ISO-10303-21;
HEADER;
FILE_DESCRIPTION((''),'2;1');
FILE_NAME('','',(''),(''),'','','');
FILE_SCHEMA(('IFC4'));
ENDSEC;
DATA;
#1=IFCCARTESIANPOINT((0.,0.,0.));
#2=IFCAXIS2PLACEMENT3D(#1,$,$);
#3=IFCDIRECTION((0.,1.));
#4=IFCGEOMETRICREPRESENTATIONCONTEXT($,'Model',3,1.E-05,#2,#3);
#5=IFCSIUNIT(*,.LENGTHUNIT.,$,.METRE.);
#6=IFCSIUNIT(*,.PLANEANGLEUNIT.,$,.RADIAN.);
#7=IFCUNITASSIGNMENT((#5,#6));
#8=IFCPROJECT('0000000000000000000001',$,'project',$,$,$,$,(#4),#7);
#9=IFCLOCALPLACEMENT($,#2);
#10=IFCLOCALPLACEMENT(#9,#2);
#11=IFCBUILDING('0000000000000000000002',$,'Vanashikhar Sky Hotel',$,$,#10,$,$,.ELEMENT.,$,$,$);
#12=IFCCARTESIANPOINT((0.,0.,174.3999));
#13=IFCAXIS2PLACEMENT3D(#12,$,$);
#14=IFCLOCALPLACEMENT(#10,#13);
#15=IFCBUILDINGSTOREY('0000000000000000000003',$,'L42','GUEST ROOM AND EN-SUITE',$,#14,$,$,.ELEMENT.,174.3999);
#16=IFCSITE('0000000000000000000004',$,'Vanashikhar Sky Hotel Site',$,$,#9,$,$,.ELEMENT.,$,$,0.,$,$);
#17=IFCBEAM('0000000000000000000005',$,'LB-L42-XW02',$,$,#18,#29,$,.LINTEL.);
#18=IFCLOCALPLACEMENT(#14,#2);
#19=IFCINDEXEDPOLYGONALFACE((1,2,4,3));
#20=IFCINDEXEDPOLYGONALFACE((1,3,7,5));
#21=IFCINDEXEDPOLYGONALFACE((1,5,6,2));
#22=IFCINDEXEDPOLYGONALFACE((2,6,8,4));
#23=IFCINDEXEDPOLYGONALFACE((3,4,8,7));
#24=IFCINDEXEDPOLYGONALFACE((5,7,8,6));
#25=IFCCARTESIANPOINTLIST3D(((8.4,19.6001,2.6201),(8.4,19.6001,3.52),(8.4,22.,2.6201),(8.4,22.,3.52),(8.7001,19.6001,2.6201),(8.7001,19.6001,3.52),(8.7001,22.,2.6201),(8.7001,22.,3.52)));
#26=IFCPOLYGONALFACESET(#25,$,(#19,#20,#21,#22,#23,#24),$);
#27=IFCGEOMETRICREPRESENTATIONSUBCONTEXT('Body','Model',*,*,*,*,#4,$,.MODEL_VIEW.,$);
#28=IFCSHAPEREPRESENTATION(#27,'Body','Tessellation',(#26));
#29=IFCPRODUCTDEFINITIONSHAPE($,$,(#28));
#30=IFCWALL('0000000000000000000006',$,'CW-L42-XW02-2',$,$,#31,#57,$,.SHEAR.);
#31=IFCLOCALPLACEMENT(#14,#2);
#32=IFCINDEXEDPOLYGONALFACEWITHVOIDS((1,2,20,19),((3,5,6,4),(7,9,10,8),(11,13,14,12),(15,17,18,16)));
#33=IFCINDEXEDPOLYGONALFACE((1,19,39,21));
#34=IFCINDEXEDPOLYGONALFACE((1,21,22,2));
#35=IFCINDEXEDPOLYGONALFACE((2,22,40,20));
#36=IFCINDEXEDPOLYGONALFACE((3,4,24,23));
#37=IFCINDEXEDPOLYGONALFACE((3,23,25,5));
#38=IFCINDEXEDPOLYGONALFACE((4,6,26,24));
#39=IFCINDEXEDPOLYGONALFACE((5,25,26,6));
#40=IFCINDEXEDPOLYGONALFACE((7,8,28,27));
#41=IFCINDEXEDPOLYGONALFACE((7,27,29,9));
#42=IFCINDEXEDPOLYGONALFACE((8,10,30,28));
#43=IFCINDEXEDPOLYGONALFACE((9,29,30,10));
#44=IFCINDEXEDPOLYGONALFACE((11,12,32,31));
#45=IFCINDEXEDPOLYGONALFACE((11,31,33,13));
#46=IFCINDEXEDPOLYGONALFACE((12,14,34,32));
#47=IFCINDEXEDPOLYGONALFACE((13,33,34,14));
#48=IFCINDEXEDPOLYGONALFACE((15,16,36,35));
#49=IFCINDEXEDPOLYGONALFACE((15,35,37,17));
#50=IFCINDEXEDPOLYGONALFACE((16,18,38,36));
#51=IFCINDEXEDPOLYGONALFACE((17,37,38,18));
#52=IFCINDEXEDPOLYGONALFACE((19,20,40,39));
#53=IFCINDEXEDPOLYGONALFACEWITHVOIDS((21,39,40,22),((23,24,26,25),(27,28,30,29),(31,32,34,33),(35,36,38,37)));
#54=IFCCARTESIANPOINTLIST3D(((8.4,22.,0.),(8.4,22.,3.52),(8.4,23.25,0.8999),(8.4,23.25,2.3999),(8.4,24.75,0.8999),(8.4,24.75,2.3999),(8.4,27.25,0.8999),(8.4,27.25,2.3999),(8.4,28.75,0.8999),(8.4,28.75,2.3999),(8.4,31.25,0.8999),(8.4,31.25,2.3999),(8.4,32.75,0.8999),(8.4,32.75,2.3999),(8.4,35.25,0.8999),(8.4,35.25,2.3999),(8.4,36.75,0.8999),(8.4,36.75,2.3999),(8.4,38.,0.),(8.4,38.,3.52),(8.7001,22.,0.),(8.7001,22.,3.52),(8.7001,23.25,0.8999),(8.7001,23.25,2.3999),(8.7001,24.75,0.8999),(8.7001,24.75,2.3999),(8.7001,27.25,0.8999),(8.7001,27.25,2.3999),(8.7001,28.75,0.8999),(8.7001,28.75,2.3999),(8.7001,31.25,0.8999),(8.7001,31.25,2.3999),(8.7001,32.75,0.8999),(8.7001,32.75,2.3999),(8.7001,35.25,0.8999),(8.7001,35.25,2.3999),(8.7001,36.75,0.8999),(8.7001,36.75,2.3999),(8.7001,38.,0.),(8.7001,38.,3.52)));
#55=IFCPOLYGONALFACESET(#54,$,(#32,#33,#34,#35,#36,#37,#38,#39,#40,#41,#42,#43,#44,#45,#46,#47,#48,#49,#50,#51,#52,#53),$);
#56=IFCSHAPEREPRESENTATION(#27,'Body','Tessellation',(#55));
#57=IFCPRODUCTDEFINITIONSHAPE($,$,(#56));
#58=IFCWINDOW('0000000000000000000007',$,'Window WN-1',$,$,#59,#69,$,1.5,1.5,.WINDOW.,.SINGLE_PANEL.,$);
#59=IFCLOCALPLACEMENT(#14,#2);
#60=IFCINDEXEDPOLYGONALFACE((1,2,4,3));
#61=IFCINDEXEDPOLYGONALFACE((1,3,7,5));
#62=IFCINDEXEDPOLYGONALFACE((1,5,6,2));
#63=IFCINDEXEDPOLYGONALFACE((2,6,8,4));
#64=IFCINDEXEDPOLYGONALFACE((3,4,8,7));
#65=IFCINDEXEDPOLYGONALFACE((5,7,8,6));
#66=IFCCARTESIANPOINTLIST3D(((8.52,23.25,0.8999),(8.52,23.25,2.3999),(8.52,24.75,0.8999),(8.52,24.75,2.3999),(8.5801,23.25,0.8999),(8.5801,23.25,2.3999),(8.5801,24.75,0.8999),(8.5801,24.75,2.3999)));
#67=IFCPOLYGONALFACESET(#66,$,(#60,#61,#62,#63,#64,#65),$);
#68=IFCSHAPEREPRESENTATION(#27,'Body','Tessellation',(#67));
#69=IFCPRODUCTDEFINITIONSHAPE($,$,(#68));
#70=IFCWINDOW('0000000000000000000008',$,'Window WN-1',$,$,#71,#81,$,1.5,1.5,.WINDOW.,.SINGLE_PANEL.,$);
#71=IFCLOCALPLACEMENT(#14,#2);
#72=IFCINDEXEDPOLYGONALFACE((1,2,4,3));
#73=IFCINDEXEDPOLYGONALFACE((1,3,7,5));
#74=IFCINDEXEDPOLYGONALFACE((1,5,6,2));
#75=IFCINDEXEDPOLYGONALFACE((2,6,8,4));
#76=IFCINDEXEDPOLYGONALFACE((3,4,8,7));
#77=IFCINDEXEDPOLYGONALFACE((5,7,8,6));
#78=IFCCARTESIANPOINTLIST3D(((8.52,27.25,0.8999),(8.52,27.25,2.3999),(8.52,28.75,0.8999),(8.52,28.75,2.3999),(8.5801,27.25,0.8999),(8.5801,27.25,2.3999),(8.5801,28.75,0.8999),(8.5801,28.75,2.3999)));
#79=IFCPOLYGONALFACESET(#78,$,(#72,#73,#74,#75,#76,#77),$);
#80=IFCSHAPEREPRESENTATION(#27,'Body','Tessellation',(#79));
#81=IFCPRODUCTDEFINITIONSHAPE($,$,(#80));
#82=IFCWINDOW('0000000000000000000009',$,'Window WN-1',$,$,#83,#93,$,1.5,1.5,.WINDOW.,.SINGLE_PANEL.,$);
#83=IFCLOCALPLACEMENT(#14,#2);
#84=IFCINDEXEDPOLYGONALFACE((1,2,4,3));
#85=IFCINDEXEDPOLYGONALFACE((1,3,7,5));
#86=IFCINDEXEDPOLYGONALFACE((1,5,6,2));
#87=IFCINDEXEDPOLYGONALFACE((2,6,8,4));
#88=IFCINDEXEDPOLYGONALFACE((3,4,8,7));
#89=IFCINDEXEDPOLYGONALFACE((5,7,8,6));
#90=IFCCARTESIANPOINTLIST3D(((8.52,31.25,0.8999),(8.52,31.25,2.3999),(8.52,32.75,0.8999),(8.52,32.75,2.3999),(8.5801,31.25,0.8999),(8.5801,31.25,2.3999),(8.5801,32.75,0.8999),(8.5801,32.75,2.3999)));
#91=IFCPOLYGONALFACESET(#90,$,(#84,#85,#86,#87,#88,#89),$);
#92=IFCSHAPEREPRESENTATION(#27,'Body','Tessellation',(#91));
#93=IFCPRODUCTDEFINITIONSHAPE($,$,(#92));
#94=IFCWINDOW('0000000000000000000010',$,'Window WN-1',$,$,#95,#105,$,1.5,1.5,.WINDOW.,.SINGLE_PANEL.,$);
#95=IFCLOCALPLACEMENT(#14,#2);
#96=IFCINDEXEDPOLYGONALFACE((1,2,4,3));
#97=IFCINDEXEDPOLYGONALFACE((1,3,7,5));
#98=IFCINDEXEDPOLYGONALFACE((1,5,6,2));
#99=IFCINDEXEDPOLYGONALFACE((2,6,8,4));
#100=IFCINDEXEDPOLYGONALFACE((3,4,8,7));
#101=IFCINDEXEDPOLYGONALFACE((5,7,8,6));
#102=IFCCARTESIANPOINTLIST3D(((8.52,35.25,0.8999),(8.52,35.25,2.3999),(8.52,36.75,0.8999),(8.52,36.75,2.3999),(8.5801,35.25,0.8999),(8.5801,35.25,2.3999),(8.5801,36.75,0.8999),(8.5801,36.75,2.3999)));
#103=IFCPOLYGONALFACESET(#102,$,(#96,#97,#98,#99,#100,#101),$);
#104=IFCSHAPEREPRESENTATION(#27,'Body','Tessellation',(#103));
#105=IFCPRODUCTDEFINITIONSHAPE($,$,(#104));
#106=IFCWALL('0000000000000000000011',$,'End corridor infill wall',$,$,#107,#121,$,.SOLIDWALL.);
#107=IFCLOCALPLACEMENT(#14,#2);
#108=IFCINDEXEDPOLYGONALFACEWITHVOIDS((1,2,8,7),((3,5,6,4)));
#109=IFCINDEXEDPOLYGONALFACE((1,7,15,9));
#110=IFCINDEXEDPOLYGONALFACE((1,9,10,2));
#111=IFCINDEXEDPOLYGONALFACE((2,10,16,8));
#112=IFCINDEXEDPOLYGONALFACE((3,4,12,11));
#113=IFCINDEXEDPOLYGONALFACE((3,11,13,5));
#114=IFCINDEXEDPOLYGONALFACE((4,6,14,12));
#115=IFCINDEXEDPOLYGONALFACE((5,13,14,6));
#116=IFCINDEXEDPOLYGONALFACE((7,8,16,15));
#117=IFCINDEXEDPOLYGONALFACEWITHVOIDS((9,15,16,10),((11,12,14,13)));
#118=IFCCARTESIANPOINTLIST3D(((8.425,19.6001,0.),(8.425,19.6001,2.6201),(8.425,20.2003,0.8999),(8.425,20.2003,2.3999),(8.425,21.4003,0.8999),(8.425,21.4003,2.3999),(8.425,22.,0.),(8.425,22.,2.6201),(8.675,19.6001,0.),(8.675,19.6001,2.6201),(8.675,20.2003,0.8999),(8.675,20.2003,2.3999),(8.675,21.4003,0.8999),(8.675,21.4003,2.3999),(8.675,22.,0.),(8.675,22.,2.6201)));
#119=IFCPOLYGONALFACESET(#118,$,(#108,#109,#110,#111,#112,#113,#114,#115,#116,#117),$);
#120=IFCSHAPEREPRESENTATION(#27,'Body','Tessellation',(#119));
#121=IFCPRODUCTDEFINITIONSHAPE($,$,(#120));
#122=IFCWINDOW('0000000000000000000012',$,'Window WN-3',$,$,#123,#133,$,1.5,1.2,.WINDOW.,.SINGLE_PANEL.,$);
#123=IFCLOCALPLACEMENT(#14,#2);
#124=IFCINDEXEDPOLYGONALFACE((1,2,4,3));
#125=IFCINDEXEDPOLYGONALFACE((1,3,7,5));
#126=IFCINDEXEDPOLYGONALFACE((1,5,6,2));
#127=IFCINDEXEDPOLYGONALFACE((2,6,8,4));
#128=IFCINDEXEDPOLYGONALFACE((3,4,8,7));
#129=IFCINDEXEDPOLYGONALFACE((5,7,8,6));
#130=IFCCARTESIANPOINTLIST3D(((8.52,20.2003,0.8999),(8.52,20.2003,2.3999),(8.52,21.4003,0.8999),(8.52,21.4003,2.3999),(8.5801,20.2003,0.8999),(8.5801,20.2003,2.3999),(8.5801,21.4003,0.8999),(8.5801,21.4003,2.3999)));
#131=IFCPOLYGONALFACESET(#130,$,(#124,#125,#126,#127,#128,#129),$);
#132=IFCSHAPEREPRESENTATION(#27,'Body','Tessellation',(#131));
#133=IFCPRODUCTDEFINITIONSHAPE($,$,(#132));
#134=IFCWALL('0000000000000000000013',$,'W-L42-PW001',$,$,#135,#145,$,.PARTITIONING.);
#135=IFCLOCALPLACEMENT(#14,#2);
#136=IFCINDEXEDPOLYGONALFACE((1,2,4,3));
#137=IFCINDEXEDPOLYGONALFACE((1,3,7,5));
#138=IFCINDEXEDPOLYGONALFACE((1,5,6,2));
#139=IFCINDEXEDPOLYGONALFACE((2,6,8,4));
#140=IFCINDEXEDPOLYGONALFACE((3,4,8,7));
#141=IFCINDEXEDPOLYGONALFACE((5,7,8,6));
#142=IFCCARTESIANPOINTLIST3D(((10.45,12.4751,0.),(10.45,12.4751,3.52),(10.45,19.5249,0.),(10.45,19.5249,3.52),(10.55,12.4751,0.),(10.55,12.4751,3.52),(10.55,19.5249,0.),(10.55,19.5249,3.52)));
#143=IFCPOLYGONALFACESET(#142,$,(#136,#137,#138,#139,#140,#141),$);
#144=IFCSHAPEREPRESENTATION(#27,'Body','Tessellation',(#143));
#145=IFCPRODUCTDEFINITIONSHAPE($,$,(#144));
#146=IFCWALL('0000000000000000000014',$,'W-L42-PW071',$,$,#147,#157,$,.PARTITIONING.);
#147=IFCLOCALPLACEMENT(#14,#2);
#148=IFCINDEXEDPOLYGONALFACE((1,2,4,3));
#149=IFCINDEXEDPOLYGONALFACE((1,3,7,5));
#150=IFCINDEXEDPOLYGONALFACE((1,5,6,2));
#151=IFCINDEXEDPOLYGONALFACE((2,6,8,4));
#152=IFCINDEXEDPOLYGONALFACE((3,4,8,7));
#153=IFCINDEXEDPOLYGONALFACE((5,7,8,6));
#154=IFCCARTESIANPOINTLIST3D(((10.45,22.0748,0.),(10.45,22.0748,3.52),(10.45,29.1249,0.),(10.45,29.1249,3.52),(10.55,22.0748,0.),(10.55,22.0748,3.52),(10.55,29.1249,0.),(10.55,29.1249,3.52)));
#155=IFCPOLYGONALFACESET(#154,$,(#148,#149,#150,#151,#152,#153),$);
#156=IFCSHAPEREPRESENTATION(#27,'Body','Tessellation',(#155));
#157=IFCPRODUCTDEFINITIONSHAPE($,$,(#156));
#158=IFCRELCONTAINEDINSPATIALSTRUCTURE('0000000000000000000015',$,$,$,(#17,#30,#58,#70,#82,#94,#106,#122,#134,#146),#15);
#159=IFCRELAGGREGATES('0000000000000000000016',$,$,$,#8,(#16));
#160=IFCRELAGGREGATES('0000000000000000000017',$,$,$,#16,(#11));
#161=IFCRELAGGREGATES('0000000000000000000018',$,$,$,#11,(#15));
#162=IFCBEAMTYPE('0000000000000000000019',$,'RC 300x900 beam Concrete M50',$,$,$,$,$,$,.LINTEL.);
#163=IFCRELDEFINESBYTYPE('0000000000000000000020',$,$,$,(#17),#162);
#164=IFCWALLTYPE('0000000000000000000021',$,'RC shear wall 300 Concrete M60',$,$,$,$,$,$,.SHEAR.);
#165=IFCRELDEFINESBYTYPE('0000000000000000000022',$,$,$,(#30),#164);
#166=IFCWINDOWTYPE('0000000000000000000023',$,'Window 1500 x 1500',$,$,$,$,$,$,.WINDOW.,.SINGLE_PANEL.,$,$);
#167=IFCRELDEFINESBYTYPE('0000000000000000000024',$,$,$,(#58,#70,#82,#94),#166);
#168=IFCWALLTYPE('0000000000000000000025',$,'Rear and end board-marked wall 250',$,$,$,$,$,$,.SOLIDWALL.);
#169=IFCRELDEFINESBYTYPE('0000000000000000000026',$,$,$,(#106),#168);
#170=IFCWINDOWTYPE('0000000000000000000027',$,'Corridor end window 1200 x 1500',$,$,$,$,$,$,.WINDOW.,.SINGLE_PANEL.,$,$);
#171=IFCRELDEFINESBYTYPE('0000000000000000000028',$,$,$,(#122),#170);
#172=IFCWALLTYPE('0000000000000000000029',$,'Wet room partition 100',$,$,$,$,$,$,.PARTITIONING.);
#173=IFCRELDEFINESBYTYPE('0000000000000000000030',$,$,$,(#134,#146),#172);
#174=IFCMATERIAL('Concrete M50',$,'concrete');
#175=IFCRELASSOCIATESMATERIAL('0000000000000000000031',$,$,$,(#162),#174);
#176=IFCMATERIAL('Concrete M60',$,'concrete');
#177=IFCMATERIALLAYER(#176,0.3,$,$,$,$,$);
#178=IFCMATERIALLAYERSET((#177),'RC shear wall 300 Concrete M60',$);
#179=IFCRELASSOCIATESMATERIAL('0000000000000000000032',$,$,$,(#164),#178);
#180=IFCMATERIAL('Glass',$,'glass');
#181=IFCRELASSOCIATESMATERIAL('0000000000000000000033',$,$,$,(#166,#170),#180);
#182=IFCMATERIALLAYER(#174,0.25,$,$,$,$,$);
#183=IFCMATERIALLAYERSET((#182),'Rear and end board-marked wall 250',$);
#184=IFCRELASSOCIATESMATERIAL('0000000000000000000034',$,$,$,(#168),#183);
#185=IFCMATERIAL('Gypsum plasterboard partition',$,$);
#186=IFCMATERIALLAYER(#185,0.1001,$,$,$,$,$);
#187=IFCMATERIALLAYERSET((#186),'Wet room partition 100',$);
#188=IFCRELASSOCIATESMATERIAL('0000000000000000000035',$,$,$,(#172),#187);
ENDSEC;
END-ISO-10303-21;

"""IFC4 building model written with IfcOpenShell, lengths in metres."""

from ifc_helpers import new_model, si_unit, direction, frame, frame_2d, origin, origin_2d, place, context, subcontext, project, spatial, rectangle, extrude, source, transform, mapped, material, layer, layer_set, material_profile, profile_set, type_object, element, fill, save


model = new_model("IFC4")

# Units and contexts
model_context = context("Model", 3, precision=1e-05, world=origin(), true_north=direction((0.0, 1.0)))
body_context = subcontext(model_context, "Body", "Model", "MODEL_VIEW")
ifc_project = project(units=[si_unit("LENGTHUNIT", "METRE"), si_unit("PLANEANGLEUNIT", "RADIAN")], contexts=[model_context])

# Site, building, storey
site_placement = place(None, origin())
site = spatial("IfcSite", under=ifc_project, at=site_placement, Name="Vanashikhar Sky Hotel Site", CompositionType="ELEMENT", RefElevation=0.0)
building_placement = place(site_placement, origin())
building = spatial("IfcBuilding", under=site, at=building_placement, Name="Vanashikhar Sky Hotel", CompositionType="ELEMENT")
storey_placement = place(building_placement, frame((0.0, 0.0, 174.3999)))
storey = spatial("IfcBuildingStorey", under=building, at=storey_placement, Name="L42", Description="GUEST ROOM AND EN-SUITE", CompositionType="ELEMENT", Elevation=174.3999)

# Beam
ifc_material_1 = material(Name="Concrete M50", Category="concrete")
ifc_material_profile = material_profile(ifc_material_1, rectangle(XDim=0.3, YDim=0.8999, at=origin_2d()))
ifc_profile_set = profile_set([ifc_material_profile], Name="RC 300x900 beam Concrete M50")
beam_type = type_object("IfcBeamType", Name="RC 300x900 beam Concrete M50", PredefinedType="LINTEL", material=ifc_profile_set)
shared_shape_1 = source(origin(), body_context, "Body", "SweptSolid", [
    extrude(rectangle(XDim=0.3, YDim=0.8999, at=origin_2d()), origin(), (0.0, 0.0, 1.0), 2.3999),
])
beam_placement = place(storey_placement, frame((8.55, 19.6001, 3.0701), z_axis=(0.0, 1.0, 0.0), x_axis=(-1.0, 0.0, 0.0)))
element("IfcBeam", 1, at=beam_placement, inside=storey, type_object=beam_type, Name="LB-L42-XW02", PredefinedType="LINTEL", context=body_context, shape_type="MappedRepresentation", body=[
    mapped(shared_shape_1, transform((0.0, 0.0, 0.0), scale=1.0)),
])

# Wall, openings, windows
ifc_material_2 = material(Name="Concrete M60", Category="concrete")
ifc_layer_1 = layer(ifc_material_2, 0.3)
ifc_layer_set_1 = layer_set([ifc_layer_1], Name="RC shear wall 300 Concrete M60")
wall_type_1 = type_object("IfcWallType", Name="RC shear wall 300 Concrete M60", PredefinedType="SHEAR", material=ifc_layer_set_1)
shared_shape_2 = source(origin(), body_context, "Body", "SweptSolid", [
    extrude(rectangle(XDim=16.0, YDim=0.3, at=frame_2d((8.0, 0.0))), origin(), (0.0, 0.0, 1.0), 3.52),
])
wall_1_placement = place(storey_placement, frame((8.55, 22.0, 0.0), z_axis=(0.0, 0.0, 1.0), x_axis=(0.0, 1.0, 0.0)))
wall_1 = element("IfcWall", 2, at=wall_1_placement, inside=storey, type_object=wall_type_1, Name="CW-L42-XW02-2", PredefinedType="SHEAR", context=body_context, shape_type="MappedRepresentation", body=[
    mapped(shared_shape_2, transform((0.0, 0.0, 0.0), scale=1.0)),
])
shared_shape_3 = source(origin(), body_context, "Body", "SweptSolid", [
    extrude(rectangle(XDim=1.5, YDim=1.5, at=frame_2d((0.75, 0.75))), frame((0.0, 0.1602, 0.0), z_axis=(0.0, -1.0, 0.0), x_axis=(1.0, 0.0, 0.0)), (0.0, 0.0, 1.0), 0.3201),
])
opening_1_placement = place(wall_1_placement, frame((1.25, 0.0, 0.8999)))
opening_1 = element("IfcOpeningElement", 3, at=opening_1_placement, cuts=wall_1, PredefinedType="OPENING", context=body_context, shape_type="MappedRepresentation", body=[
    mapped(shared_shape_3, transform((0.0, 0.0, 0.0), scale=1.0)),
])
opening_2_placement = place(wall_1_placement, frame((5.25, 0.0, 0.8999)))
opening_2 = element("IfcOpeningElement", 4, at=opening_2_placement, cuts=wall_1, PredefinedType="OPENING", context=body_context, shape_type="MappedRepresentation", body=[
    mapped(shared_shape_3, transform((0.0, 0.0, 0.0), scale=1.0)),
])
opening_3_placement = place(wall_1_placement, frame((9.25, 0.0, 0.8999)))
opening_3 = element("IfcOpeningElement", 5, at=opening_3_placement, cuts=wall_1, PredefinedType="OPENING", context=body_context, shape_type="MappedRepresentation", body=[
    mapped(shared_shape_3, transform((0.0, 0.0, 0.0), scale=1.0)),
])
opening_4_placement = place(wall_1_placement, frame((13.25, 0.0, 0.8999)))
opening_4 = element("IfcOpeningElement", 6, at=opening_4_placement, cuts=wall_1, PredefinedType="OPENING", context=body_context, shape_type="MappedRepresentation", body=[
    mapped(shared_shape_3, transform((0.0, 0.0, 0.0), scale=1.0)),
])
ifc_material_3 = material(Name="Glass", Category="glass")
window_type_1 = type_object("IfcWindowType", Name="Window 1500 x 1500", PartitioningType="SINGLE_PANEL", PredefinedType="WINDOW", material=ifc_material_3)
shared_shape_4 = source(origin(), body_context, "Body", "SweptSolid", [
    extrude(rectangle(XDim=1.5, YDim=1.5, at=frame_2d((0.75, 0.75))), frame((0.0, 0.03, 0.0), z_axis=(0.0, -1.0, 0.0), x_axis=(1.0, 0.0, 0.0)), (0.0, 0.0, 1.0), 0.0601),
])
window_1_placement = place(opening_1_placement, origin())
window_1 = element("IfcWindow", 7, at=window_1_placement, inside=storey, type_object=window_type_1, Name="Window WN-1", OverallHeight=1.5, OverallWidth=1.5, PartitioningType="SINGLE_PANEL", PredefinedType="WINDOW", context=body_context, shape_type="MappedRepresentation", body=[
    mapped(shared_shape_4, transform((0.0, 0.0, 0.0), scale=1.0)),
])
fill(opening_1, window_1)
window_2_placement = place(opening_2_placement, origin())
window_2 = element("IfcWindow", 8, at=window_2_placement, inside=storey, type_object=window_type_1, Name="Window WN-1", OverallHeight=1.5, OverallWidth=1.5, PartitioningType="SINGLE_PANEL", PredefinedType="WINDOW", context=body_context, shape_type="MappedRepresentation", body=[
    mapped(shared_shape_4, transform((0.0, 0.0, 0.0), scale=1.0)),
])
fill(opening_2, window_2)
window_3_placement = place(opening_3_placement, origin())
window_3 = element("IfcWindow", 9, at=window_3_placement, inside=storey, type_object=window_type_1, Name="Window WN-1", OverallHeight=1.5, OverallWidth=1.5, PartitioningType="SINGLE_PANEL", PredefinedType="WINDOW", context=body_context, shape_type="MappedRepresentation", body=[
    mapped(shared_shape_4, transform((0.0, 0.0, 0.0), scale=1.0)),
])
fill(opening_3, window_3)
window_4_placement = place(opening_4_placement, origin())
window_4 = element("IfcWindow", 10, at=window_4_placement, inside=storey, type_object=window_type_1, Name="Window WN-1", OverallHeight=1.5, OverallWidth=1.5, PartitioningType="SINGLE_PANEL", PredefinedType="WINDOW", context=body_context, shape_type="MappedRepresentation", body=[
    mapped(shared_shape_4, transform((0.0, 0.0, 0.0), scale=1.0)),
])
fill(opening_4, window_4)

# Wall, opening, window
ifc_layer_2 = layer(ifc_material_1, 0.25)
ifc_layer_set_2 = layer_set([ifc_layer_2], Name="Rear and end board-marked wall 250")
wall_type_2 = type_object("IfcWallType", Name="Rear and end board-marked wall 250", PredefinedType="SOLIDWALL", material=ifc_layer_set_2)
shared_shape_5 = source(origin(), body_context, "Body", "SweptSolid", [
    extrude(rectangle(XDim=2.3999, YDim=0.25, at=frame_2d((1.2, 0.0))), origin(), (0.0, 0.0, 1.0), 2.6201),
])
wall_2_placement = place(storey_placement, frame((8.55, 19.6001, 0.0), z_axis=(0.0, 0.0, 1.0), x_axis=(0.0, 1.0, 0.0)))
wall_2 = element("IfcWall", 11, at=wall_2_placement, inside=storey, type_object=wall_type_2, Name="End corridor infill wall", PredefinedType="SOLIDWALL", context=body_context, shape_type="MappedRepresentation", body=[
    mapped(shared_shape_5, transform((0.0, 0.0, 0.0), scale=1.0)),
])
shared_shape_6 = source(origin(), body_context, "Body", "SweptSolid", [
    extrude(rectangle(XDim=1.2, YDim=1.5, at=frame_2d((0.6001, 0.75))), frame((0.0, 0.135, 0.0), z_axis=(0.0, -1.0, 0.0), x_axis=(1.0, 0.0, 0.0)), (0.0, 0.0, 1.0), 0.27),
])
opening_5_placement = place(wall_2_placement, frame((0.6001, 0.0, 0.8999)))
opening_5 = element("IfcOpeningElement", 12, at=opening_5_placement, cuts=wall_2, PredefinedType="OPENING", context=body_context, shape_type="MappedRepresentation", body=[
    mapped(shared_shape_6, transform((0.0, 0.0, 0.0), scale=1.0)),
])
window_type_2 = type_object("IfcWindowType", Name="Corridor end window 1200 x 1500", PartitioningType="SINGLE_PANEL", PredefinedType="WINDOW", material=ifc_material_3)
shared_shape_7 = source(origin(), body_context, "Body", "SweptSolid", [
    extrude(rectangle(XDim=1.2, YDim=1.5, at=frame_2d((0.6001, 0.75))), frame((0.0, 0.03, 0.0), z_axis=(0.0, -1.0, 0.0), x_axis=(1.0, 0.0, 0.0)), (0.0, 0.0, 1.0), 0.0601),
])
window_5_placement = place(opening_5_placement, origin())
window_5 = element("IfcWindow", 13, at=window_5_placement, inside=storey, type_object=window_type_2, Name="Window WN-3", OverallHeight=1.5, OverallWidth=1.2, PartitioningType="SINGLE_PANEL", PredefinedType="WINDOW", context=body_context, shape_type="MappedRepresentation", body=[
    mapped(shared_shape_7, transform((0.0, 0.0, 0.0), scale=1.0)),
])
fill(opening_5, window_5)

# Walls
ifc_material_4 = material(Name="Gypsum plasterboard partition")
ifc_layer_3 = layer(ifc_material_4, 0.1001)
ifc_layer_set_3 = layer_set([ifc_layer_3], Name="Wet room partition 100")
wall_type_3 = type_object("IfcWallType", Name="Wet room partition 100", PredefinedType="PARTITIONING", material=ifc_layer_set_3)
shared_shape_8 = source(origin(), body_context, "Body", "SweptSolid", [
    extrude(rectangle(XDim=7.0498, YDim=0.1001, at=frame_2d((3.5249, 0.0))), origin(), (0.0, 0.0, 1.0), 3.52),
])
wall_3_placement = place(storey_placement, frame((10.5, 12.4751, 0.0), z_axis=(0.0, 0.0, 1.0), x_axis=(0.0, 1.0, 0.0)))
element("IfcWall", 14, at=wall_3_placement, inside=storey, type_object=wall_type_3, Name="W-L42-PW001", PredefinedType="PARTITIONING", context=body_context, shape_type="MappedRepresentation", body=[
    mapped(shared_shape_8, transform((0.0, 0.0, 0.0), scale=1.0)),
])
shared_shape_9 = source(origin(), body_context, "Body", "SweptSolid", [
    extrude(rectangle(XDim=7.05, YDim=0.1001, at=frame_2d((3.5249, 0.0))), origin(), (0.0, 0.0, 1.0), 3.52),
])
wall_4_placement = place(storey_placement, frame((10.5, 22.075, 0.0), z_axis=(0.0, 0.0, 1.0), x_axis=(0.0, 1.0, 0.0)))
element("IfcWall", 15, at=wall_4_placement, inside=storey, type_object=wall_type_3, Name="W-L42-PW071", PredefinedType="PARTITIONING", context=body_context, shape_type="MappedRepresentation", body=[
    mapped(shared_shape_9, transform((0.0, 0.0, 0.0), scale=1.0)),
])

save(model, "model.ifc")
